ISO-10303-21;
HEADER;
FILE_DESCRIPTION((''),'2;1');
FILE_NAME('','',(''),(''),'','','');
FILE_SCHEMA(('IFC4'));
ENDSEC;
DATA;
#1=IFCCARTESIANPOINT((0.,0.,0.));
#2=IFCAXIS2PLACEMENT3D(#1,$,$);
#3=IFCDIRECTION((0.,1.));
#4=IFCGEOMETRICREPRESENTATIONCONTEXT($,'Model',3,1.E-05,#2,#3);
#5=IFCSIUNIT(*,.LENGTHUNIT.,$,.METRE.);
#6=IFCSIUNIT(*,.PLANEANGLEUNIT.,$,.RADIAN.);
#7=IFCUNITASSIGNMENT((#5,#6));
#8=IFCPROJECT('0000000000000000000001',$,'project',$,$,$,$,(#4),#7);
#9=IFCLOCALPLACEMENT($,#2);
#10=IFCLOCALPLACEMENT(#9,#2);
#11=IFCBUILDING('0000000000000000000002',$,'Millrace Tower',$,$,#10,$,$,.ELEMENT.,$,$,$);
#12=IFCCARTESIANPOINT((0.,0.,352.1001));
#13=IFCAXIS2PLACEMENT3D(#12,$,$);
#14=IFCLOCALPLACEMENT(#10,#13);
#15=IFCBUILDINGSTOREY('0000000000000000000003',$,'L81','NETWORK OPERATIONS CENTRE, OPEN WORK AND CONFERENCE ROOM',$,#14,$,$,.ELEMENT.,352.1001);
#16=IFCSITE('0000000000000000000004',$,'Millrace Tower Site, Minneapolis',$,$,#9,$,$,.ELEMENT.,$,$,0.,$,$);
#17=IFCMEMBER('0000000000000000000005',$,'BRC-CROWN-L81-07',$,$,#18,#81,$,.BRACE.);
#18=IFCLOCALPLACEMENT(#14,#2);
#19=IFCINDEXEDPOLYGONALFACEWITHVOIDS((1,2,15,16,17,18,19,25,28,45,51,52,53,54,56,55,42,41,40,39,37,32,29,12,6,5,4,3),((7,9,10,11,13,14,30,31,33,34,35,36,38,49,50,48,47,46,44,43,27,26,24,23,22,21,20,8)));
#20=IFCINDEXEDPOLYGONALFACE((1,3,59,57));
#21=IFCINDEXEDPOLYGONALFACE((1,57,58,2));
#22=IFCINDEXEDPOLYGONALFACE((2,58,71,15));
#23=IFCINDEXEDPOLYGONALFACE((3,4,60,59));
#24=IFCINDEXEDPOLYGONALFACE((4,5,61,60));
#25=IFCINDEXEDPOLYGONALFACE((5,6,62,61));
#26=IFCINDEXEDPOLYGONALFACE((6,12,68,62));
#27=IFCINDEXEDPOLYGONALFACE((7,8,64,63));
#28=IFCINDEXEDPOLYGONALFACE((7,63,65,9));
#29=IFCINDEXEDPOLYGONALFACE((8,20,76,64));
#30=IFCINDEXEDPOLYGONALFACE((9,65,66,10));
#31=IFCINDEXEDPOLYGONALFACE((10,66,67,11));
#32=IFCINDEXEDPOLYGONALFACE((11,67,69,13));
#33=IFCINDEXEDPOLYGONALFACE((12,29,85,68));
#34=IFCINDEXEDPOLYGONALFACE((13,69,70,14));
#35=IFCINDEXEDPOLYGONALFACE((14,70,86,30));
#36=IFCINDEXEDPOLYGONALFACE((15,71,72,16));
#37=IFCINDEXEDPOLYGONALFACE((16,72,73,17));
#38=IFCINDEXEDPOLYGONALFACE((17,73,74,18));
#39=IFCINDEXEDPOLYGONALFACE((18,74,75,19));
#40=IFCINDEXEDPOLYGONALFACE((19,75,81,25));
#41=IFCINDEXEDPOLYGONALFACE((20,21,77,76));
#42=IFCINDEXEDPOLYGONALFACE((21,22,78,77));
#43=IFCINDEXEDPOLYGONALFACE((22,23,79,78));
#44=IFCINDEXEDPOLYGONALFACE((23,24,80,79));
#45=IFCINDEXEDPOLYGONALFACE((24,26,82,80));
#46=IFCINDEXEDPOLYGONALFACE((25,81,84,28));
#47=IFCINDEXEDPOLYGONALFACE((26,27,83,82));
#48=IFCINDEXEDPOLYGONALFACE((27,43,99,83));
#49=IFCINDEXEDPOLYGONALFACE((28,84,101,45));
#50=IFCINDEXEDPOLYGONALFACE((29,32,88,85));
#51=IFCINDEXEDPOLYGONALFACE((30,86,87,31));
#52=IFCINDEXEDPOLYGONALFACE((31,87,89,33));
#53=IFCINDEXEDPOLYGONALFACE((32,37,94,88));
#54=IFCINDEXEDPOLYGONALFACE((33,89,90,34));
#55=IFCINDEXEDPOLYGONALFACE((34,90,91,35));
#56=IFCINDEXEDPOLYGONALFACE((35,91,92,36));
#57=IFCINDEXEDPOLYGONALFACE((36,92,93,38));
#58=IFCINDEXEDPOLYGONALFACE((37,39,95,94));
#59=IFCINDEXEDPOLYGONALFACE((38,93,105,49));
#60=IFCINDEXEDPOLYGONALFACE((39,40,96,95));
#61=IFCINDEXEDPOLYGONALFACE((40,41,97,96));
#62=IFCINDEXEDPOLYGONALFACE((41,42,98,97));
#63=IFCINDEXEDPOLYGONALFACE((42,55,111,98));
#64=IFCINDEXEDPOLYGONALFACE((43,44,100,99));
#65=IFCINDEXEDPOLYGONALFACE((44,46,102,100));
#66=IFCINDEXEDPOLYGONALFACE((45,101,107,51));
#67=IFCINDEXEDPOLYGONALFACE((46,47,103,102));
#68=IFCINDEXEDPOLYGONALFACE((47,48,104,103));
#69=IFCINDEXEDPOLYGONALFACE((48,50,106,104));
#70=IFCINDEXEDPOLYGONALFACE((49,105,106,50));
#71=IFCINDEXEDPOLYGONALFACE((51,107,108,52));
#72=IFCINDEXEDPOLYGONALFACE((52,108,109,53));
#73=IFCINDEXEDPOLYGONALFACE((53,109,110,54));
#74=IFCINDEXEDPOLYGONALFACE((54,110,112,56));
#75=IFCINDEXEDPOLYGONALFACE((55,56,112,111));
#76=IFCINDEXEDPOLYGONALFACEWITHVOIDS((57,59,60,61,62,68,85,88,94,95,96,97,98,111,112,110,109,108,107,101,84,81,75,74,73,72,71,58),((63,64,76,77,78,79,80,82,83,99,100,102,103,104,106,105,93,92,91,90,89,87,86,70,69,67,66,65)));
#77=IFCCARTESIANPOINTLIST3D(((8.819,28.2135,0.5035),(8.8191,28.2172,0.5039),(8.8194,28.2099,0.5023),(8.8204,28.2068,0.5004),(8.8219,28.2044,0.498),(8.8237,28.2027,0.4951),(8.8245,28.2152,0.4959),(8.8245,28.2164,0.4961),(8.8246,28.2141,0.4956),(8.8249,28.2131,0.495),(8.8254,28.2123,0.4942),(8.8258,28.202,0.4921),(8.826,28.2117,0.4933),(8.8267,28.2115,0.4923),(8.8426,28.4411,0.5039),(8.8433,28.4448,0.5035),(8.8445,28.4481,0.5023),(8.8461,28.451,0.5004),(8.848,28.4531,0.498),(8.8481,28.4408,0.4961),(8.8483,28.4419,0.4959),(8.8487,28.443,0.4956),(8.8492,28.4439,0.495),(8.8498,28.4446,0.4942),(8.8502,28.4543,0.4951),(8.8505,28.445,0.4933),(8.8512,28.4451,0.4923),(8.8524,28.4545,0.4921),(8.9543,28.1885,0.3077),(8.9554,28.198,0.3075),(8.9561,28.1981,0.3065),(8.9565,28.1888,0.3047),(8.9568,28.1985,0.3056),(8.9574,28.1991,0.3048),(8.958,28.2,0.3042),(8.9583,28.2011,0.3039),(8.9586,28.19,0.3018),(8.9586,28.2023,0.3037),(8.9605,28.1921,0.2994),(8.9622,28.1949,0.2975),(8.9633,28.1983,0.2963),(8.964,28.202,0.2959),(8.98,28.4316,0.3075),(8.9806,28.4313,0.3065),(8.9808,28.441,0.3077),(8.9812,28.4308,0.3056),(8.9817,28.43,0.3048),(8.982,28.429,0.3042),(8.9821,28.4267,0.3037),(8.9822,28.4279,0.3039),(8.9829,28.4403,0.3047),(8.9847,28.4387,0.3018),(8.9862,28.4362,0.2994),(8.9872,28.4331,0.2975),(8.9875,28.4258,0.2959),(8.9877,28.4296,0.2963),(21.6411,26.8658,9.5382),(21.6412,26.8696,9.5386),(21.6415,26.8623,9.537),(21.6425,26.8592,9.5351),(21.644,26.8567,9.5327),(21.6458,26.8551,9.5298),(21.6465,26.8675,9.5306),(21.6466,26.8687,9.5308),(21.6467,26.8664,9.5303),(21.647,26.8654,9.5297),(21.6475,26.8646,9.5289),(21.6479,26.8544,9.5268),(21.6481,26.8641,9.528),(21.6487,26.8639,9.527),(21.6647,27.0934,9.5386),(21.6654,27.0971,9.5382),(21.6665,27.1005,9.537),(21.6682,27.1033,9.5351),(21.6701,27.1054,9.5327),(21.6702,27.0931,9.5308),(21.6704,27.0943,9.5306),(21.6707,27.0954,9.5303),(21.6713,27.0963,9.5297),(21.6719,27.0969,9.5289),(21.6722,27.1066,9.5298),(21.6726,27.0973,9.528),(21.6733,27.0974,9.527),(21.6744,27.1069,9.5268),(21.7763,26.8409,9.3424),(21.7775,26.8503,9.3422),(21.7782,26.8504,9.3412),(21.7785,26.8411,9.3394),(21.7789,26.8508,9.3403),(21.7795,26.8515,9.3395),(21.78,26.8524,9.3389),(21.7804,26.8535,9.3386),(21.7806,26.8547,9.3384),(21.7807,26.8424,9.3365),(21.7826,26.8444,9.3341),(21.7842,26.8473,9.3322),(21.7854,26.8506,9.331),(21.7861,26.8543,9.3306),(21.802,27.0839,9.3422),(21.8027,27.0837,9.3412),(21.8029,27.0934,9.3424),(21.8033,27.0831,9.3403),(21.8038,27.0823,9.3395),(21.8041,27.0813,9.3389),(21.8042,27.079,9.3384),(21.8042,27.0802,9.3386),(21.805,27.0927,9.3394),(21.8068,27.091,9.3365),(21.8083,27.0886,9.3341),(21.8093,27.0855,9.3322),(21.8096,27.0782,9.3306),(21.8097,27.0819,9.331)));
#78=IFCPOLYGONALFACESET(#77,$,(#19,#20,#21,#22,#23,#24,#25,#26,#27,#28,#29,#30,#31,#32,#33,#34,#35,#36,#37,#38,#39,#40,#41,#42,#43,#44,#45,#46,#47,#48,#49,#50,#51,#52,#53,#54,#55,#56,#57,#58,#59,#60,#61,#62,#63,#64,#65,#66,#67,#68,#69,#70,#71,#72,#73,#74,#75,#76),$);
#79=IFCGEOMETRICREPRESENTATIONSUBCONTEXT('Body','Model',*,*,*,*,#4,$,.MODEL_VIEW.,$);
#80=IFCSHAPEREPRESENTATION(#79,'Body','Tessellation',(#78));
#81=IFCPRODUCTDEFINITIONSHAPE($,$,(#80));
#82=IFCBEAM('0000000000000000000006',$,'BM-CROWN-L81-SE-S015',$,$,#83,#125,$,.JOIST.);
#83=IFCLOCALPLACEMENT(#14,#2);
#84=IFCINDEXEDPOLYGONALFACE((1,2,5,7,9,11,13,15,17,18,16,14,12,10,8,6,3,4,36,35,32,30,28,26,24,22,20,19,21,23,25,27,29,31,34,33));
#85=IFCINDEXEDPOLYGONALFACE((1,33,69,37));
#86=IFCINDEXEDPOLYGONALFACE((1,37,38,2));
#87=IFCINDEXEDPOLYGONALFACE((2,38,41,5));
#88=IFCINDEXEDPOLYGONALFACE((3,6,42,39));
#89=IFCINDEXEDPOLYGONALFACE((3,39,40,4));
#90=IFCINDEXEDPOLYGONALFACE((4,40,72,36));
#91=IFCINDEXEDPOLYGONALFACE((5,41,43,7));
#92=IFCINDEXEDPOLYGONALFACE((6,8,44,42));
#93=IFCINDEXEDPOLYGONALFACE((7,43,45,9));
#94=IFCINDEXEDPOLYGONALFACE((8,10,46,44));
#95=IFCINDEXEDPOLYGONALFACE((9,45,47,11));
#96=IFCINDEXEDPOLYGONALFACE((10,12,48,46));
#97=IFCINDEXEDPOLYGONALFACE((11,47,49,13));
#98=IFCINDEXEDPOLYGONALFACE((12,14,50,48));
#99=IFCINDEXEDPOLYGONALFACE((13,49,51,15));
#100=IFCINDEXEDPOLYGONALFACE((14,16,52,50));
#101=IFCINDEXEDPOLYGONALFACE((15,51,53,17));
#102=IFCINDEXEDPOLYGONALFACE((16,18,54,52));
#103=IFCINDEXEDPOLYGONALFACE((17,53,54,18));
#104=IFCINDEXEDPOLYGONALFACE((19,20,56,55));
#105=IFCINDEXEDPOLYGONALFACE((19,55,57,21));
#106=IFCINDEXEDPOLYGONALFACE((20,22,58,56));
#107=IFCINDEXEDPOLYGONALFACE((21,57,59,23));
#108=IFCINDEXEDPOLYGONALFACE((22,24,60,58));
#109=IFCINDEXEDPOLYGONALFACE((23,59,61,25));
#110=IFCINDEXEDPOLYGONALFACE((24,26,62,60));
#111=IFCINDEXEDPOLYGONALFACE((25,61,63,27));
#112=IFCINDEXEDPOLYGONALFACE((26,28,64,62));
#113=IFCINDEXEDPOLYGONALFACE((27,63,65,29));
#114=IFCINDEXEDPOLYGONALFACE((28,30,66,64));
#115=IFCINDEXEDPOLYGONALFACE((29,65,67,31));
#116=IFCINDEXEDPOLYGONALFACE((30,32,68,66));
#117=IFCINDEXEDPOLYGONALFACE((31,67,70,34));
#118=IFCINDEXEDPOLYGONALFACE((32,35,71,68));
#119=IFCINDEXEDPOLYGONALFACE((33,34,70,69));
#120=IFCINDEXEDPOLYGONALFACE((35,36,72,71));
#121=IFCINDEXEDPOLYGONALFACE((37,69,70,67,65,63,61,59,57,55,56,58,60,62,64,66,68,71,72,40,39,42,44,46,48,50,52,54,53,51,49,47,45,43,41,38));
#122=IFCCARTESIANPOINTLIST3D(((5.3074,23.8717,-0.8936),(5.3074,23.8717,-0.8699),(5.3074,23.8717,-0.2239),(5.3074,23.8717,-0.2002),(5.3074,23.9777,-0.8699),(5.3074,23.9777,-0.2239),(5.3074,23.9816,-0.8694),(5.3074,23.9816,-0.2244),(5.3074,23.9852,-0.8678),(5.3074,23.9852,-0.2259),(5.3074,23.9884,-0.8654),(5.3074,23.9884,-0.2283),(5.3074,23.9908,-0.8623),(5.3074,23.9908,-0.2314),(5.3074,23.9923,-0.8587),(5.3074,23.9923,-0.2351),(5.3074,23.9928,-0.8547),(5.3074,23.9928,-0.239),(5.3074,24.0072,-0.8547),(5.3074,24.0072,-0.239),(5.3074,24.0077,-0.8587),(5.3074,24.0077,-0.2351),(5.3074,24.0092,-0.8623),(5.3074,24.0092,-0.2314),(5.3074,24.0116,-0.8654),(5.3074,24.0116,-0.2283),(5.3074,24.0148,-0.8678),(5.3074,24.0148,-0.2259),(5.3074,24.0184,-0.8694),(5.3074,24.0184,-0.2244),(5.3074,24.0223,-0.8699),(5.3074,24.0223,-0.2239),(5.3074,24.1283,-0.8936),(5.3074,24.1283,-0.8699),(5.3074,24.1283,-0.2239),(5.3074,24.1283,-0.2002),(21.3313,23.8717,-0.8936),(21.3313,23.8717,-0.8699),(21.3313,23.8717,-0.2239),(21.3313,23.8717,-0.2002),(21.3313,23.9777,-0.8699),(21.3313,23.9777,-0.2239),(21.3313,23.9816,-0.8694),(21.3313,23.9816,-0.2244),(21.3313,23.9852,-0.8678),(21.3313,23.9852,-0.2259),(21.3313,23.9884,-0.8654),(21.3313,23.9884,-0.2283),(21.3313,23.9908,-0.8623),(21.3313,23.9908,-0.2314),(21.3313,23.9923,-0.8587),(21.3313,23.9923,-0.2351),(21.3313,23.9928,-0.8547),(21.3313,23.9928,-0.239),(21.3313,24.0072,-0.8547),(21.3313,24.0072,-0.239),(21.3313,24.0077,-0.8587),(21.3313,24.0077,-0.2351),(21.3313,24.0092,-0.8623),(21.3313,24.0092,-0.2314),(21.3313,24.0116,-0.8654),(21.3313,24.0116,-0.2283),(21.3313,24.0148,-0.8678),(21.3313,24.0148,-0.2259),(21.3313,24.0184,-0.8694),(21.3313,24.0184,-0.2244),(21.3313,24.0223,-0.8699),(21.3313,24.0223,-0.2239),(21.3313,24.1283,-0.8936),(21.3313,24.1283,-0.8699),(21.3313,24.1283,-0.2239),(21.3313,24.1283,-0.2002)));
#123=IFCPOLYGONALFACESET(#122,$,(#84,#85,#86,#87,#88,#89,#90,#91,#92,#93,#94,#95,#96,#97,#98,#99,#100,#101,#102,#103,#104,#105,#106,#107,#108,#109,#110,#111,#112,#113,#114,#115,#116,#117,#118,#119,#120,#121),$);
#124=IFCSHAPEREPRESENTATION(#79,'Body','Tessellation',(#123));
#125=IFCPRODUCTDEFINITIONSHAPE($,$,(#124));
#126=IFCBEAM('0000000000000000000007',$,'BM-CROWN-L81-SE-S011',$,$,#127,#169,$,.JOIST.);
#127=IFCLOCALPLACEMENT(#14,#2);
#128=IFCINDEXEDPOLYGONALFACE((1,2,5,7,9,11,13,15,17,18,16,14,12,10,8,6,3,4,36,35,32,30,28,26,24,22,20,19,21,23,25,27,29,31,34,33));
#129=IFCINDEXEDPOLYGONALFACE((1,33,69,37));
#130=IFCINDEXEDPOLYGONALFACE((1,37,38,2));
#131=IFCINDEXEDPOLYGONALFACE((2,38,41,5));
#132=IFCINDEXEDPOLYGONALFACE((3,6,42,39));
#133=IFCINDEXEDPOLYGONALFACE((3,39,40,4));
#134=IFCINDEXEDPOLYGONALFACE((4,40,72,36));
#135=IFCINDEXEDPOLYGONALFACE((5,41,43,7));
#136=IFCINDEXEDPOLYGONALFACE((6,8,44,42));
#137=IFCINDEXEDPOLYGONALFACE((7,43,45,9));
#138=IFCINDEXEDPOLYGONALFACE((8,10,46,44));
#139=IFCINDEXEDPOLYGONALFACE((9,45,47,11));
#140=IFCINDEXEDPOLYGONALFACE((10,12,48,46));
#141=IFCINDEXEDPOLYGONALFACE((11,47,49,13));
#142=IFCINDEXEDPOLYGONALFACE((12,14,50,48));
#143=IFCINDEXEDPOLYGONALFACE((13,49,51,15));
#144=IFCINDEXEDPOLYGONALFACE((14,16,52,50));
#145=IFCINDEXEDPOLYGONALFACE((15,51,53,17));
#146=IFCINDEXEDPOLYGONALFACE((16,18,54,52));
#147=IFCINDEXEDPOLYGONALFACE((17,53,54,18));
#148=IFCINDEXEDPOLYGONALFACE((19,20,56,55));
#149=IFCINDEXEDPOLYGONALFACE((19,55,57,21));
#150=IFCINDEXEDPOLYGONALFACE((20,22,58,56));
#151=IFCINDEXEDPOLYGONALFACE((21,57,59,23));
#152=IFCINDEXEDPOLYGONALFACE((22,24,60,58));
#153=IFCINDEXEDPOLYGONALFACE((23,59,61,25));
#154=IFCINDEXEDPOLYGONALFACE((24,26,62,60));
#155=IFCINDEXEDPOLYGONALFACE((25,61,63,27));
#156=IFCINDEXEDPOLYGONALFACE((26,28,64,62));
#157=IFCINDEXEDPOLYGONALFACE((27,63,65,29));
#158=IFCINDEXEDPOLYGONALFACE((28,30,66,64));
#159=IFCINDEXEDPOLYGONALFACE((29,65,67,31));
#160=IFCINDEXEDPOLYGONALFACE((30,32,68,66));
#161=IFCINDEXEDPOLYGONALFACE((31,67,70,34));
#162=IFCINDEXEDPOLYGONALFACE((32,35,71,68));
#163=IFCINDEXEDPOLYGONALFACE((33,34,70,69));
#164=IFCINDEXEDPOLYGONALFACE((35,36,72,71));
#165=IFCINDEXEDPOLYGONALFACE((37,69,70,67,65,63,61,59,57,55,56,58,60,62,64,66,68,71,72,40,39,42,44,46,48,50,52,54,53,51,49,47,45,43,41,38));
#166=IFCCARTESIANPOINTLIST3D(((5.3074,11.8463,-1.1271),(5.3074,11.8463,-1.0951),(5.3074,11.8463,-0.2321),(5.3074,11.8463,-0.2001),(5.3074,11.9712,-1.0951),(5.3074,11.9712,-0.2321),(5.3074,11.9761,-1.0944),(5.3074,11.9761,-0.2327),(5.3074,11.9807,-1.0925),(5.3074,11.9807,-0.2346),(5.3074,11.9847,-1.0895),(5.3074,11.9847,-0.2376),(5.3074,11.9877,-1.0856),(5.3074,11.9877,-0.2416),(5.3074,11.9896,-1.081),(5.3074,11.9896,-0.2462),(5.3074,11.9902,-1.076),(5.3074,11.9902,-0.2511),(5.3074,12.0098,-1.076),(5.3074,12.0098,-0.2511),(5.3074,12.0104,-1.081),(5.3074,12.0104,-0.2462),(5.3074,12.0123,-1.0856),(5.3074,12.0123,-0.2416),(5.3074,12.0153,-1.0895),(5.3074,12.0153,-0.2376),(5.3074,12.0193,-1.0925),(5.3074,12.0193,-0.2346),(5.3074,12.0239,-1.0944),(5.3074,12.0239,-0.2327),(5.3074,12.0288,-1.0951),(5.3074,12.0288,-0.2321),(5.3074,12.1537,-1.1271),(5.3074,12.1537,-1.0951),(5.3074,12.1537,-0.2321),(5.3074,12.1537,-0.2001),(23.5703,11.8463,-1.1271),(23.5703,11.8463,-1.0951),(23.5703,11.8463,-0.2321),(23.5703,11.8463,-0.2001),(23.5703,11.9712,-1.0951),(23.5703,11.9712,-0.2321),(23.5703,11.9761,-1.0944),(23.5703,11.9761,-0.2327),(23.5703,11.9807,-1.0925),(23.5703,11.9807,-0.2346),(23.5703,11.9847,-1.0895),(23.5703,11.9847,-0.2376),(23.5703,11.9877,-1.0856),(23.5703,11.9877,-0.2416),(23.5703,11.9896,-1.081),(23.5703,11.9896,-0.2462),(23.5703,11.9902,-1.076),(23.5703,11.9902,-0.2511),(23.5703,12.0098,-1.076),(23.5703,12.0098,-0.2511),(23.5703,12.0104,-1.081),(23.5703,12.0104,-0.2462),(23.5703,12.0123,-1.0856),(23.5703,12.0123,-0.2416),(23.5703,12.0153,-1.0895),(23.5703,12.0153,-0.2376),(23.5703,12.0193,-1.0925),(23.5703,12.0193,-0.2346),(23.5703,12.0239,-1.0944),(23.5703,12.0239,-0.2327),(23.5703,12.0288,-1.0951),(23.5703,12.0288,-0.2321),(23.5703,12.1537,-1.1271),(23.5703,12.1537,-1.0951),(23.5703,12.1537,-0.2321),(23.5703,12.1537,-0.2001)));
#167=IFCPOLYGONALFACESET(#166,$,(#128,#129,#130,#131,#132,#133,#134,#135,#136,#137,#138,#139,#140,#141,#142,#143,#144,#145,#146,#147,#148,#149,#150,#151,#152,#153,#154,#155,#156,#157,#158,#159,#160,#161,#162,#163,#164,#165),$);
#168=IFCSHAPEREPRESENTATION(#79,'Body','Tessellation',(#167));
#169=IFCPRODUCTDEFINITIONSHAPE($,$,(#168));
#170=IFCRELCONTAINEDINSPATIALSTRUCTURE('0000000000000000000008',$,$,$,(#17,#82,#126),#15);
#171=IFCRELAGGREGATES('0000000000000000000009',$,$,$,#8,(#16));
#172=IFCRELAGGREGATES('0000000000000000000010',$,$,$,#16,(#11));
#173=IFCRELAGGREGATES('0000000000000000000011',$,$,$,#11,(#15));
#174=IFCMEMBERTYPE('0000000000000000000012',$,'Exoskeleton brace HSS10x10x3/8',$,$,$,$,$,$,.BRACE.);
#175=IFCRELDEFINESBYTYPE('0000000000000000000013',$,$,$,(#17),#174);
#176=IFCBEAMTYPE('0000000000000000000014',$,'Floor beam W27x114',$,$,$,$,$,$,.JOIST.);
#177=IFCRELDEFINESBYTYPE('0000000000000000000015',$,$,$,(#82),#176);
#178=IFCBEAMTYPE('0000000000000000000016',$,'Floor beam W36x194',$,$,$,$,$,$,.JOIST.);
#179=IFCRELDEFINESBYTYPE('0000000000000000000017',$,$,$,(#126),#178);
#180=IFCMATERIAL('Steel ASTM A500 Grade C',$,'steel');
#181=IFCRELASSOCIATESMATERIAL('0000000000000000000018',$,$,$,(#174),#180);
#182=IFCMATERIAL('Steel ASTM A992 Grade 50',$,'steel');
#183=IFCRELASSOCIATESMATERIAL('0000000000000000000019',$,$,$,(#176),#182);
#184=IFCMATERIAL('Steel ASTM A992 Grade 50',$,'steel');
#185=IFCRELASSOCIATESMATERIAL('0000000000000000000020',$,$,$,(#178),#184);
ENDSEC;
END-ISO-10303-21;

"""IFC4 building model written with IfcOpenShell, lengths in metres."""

from ifc_helpers import new_model, si_unit, direction, frame, origin, origin_2d, place, context, subcontext, project, spatial, hollow_rectangle, i_section, extrude, material, material_profile, profile_set, type_object, element, save


model = new_model("IFC4")

# Units and contexts
model_context = context("Model", 3, precision=1e-05, world=origin(), true_north=direction((0.0, 1.0)))
body_context = subcontext(model_context, "Body", "Model", "MODEL_VIEW")
ifc_project = project(units=[si_unit("LENGTHUNIT", "METRE"), si_unit("PLANEANGLEUNIT", "RADIAN")], contexts=[model_context])

# Site, building, storey
site_placement = place(None, origin())
site = spatial("IfcSite", under=ifc_project, at=site_placement, Name="Millrace Tower Site, Minneapolis", CompositionType="ELEMENT", RefElevation=0.0)
building_placement = place(site_placement, origin())
building = spatial("IfcBuilding", under=site, at=building_placement, Name="Millrace Tower", CompositionType="ELEMENT")
storey_placement = place(building_placement, frame((0.0, 0.0, 352.1001)))
storey = spatial("IfcBuildingStorey", under=building, at=storey_placement, Name="L81", Description="NETWORK OPERATIONS CENTRE, OPEN WORK AND CONFERENCE ROOM", CompositionType="ELEMENT", Elevation=352.1001)

# Member
ifc_material_1 = material(Name="Steel ASTM A500 Grade C", Category="steel")
ifc_material_profile_1 = material_profile(ifc_material_1, hollow_rectangle(XDim=0.2539, YDim=0.2539, WallThickness=0.0095, InnerFilletRadius=0.0046, OuterFilletRadius=0.0144, at=origin_2d()))
ifc_profile_set_1 = profile_set([ifc_material_profile_1], Name="Steel ASTM A500 Grade C")
member_type_1 = type_object("IfcMemberType", Name="Exoskeleton brace HSS10x10x3/8", PredefinedType="BRACE", material=ifc_profile_set_1)
member_1_placement = place(storey_placement, frame((8.9033, 28.3215, 0.3999), z_axis=(0.814453, -0.085603, 0.573881), x_axis=(0.104529, 0.994522, 0.0)))
element("IfcMember", 1, at=member_1_placement, inside=storey, type_object=member_type_1, Name="BRC-CROWN-L81-07", PredefinedType="BRACE", context=body_context, shape_type="SweptSolid", body=[
    extrude(hollow_rectangle(XDim=0.2539, YDim=0.2539, WallThickness=0.0095, InnerFilletRadius=0.0046, OuterFilletRadius=0.0144, at=origin_2d()), origin(), (0.0, 0.0, 1.0), 15.7432),
])

# Beams
ifc_material_2 = material(Name="Steel ASTM A992 Grade 50", Category="steel")
ifc_material_profile_2 = material_profile(ifc_material_2, i_section(OverallWidth=0.2566, OverallDepth=0.6934, WebThickness=0.0144, FlangeThickness=0.0237, FilletRadius=0.0151, at=origin_2d()))
ifc_profile_set_2 = profile_set([ifc_material_profile_2], Name="Steel ASTM A992 Grade 50")
beam_type_1 = type_object("IfcBeamType", Name="Floor beam W27x114", PredefinedType="JOIST", material=ifc_profile_set_2)
beam_1_placement = place(storey_placement, frame((5.3074, 24.0, -0.5469), z_axis=(1.0, 0.0, 0.0), x_axis=(0.0, 1.0, 0.0)))
element("IfcBeam", 2, at=beam_1_placement, inside=storey, type_object=beam_type_1, Name="BM-CROWN-L81-SE-S015", PredefinedType="JOIST", context=body_context, shape_type="SweptSolid", body=[
    extrude(i_section(OverallWidth=0.2566, OverallDepth=0.6934, WebThickness=0.0144, FlangeThickness=0.0237, FilletRadius=0.0151, at=origin_2d()), origin(), (0.0, 0.0, 1.0), 16.0239),
])
ifc_material_3 = material(Name="Steel ASTM A992 Grade 50", Category="steel")
ifc_material_profile_3 = material_profile(ifc_material_3, i_section(OverallWidth=0.3074, OverallDepth=0.927, WebThickness=0.0195, FlangeThickness=0.032, FilletRadius=0.019, at=origin_2d()))
ifc_profile_set_3 = profile_set([ifc_material_profile_3], Name="Steel ASTM A992 Grade 50")
beam_type_2 = type_object("IfcBeamType", Name="Floor beam W36x194", PredefinedType="JOIST", material=ifc_profile_set_3)
beam_2_placement = place(storey_placement, frame((5.3074, 12.0, -0.6636), z_axis=(1.0, 0.0, 0.0), x_axis=(0.0, 1.0, 0.0)))
element("IfcBeam", 3, at=beam_2_placement, inside=storey, type_object=beam_type_2, Name="BM-CROWN-L81-SE-S011", PredefinedType="JOIST", context=body_context, shape_type="SweptSolid", body=[
    extrude(i_section(OverallWidth=0.3074, OverallDepth=0.927, WebThickness=0.0195, FlangeThickness=0.032, FilletRadius=0.019, at=origin_2d()), origin(), (0.0, 0.0, 1.0), 18.2629),
])

save(model, "model.ifc")
